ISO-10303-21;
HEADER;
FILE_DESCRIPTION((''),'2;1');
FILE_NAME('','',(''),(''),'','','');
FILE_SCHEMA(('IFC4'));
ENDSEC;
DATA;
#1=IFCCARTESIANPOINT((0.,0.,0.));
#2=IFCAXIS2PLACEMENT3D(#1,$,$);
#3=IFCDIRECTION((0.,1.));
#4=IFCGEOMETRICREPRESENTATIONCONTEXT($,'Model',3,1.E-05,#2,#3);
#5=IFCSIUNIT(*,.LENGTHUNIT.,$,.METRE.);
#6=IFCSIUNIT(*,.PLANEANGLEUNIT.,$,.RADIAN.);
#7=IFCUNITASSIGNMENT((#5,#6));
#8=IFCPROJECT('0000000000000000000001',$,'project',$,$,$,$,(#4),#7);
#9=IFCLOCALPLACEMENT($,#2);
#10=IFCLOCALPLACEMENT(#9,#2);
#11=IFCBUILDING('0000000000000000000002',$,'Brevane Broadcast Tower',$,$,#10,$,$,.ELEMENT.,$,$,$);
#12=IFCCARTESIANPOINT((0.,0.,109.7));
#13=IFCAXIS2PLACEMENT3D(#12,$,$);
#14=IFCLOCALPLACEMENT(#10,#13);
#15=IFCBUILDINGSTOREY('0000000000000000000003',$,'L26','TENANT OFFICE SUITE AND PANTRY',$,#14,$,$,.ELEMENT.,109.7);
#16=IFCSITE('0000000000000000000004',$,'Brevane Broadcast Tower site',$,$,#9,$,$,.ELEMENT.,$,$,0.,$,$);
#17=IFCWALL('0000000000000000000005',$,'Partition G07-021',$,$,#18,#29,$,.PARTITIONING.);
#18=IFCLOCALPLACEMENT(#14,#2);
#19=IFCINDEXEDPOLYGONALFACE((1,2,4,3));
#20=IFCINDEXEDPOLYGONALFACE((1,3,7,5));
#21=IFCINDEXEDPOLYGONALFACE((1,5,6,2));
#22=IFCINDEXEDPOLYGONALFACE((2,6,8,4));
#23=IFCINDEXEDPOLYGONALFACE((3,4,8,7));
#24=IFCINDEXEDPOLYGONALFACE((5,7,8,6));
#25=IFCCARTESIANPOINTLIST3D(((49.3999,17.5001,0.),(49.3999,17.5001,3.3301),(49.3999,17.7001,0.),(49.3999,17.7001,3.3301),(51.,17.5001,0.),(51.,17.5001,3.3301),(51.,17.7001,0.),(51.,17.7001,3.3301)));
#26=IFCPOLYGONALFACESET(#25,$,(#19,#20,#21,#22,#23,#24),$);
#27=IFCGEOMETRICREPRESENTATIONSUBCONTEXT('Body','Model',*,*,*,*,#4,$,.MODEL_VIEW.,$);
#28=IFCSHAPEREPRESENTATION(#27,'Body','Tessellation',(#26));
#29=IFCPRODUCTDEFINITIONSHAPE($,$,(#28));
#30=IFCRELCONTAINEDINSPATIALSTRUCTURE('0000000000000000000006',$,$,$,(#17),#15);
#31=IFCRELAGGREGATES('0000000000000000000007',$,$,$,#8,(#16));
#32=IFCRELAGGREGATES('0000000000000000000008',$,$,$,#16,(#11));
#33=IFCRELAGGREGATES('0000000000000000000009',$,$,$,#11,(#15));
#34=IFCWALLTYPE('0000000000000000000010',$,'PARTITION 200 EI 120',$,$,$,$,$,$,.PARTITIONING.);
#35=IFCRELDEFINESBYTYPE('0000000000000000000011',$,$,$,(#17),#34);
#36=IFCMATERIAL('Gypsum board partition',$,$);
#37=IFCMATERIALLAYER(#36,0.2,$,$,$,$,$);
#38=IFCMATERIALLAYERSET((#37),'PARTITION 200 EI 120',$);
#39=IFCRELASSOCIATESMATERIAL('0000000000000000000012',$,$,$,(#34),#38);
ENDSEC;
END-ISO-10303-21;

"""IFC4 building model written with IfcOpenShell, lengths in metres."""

from ifc_helpers import new_model, si_unit, direction, frame, frame_2d, origin, place, context, subcontext, project, spatial, rectangle, extrude, material, layer, layer_set, type_object, element, save


model = new_model("IFC4")

# Units and contexts
model_context = context("Model", 3, precision=1e-05, world=origin(), true_north=direction((0.0, 1.0)))
body_context = subcontext(model_context, "Body", "Model", "MODEL_VIEW")
ifc_project = project(units=[si_unit("LENGTHUNIT", "METRE"), si_unit("PLANEANGLEUNIT", "RADIAN")], contexts=[model_context])

# Site, building, storey
site_placement = place(None, origin())
site = spatial("IfcSite", under=ifc_project, at=site_placement, Name="Brevane Broadcast Tower site", CompositionType="ELEMENT", RefElevation=0.0)
building_placement = place(site_placement, origin())
building = spatial("IfcBuilding", under=site, at=building_placement, Name="Brevane Broadcast Tower", CompositionType="ELEMENT")
storey_placement = place(building_placement, frame((0.0, 0.0, 109.7)))
storey = spatial("IfcBuildingStorey", under=building, at=storey_placement, Name="L26", Description="TENANT OFFICE SUITE AND PANTRY", CompositionType="ELEMENT", Elevation=109.7)

# Shared definitions
ifc_material_1 = material(Name="Gypsum board partition")

# Wall
ifc_layer_1 = layer(ifc_material_1, 0.2)
ifc_layer_set_1 = layer_set([ifc_layer_1], Name="PARTITION 200 EI 120")
wall_type_1 = type_object("IfcWallType", Name="PARTITION 200 EI 120", PredefinedType="PARTITIONING", material=ifc_layer_set_1)
wall_1_placement = place(storey_placement, frame((51.0, 17.6001, 0.0), z_axis=(0.0, 0.0, 1.0), x_axis=(-1.0, 0.0, 0.0)))
element("IfcWall", 1, at=wall_1_placement, inside=storey, type_object=wall_type_1, Name="Partition G07-021", PredefinedType="PARTITIONING", context=body_context, shape_type="SweptSolid", body=[
    extrude(rectangle(XDim=1.6001, YDim=0.2, at=frame_2d((0.8, 0.0))), origin(), (0.0, 0.0, 1.0), 3.3301),
])

save(model, "model.ifc")
